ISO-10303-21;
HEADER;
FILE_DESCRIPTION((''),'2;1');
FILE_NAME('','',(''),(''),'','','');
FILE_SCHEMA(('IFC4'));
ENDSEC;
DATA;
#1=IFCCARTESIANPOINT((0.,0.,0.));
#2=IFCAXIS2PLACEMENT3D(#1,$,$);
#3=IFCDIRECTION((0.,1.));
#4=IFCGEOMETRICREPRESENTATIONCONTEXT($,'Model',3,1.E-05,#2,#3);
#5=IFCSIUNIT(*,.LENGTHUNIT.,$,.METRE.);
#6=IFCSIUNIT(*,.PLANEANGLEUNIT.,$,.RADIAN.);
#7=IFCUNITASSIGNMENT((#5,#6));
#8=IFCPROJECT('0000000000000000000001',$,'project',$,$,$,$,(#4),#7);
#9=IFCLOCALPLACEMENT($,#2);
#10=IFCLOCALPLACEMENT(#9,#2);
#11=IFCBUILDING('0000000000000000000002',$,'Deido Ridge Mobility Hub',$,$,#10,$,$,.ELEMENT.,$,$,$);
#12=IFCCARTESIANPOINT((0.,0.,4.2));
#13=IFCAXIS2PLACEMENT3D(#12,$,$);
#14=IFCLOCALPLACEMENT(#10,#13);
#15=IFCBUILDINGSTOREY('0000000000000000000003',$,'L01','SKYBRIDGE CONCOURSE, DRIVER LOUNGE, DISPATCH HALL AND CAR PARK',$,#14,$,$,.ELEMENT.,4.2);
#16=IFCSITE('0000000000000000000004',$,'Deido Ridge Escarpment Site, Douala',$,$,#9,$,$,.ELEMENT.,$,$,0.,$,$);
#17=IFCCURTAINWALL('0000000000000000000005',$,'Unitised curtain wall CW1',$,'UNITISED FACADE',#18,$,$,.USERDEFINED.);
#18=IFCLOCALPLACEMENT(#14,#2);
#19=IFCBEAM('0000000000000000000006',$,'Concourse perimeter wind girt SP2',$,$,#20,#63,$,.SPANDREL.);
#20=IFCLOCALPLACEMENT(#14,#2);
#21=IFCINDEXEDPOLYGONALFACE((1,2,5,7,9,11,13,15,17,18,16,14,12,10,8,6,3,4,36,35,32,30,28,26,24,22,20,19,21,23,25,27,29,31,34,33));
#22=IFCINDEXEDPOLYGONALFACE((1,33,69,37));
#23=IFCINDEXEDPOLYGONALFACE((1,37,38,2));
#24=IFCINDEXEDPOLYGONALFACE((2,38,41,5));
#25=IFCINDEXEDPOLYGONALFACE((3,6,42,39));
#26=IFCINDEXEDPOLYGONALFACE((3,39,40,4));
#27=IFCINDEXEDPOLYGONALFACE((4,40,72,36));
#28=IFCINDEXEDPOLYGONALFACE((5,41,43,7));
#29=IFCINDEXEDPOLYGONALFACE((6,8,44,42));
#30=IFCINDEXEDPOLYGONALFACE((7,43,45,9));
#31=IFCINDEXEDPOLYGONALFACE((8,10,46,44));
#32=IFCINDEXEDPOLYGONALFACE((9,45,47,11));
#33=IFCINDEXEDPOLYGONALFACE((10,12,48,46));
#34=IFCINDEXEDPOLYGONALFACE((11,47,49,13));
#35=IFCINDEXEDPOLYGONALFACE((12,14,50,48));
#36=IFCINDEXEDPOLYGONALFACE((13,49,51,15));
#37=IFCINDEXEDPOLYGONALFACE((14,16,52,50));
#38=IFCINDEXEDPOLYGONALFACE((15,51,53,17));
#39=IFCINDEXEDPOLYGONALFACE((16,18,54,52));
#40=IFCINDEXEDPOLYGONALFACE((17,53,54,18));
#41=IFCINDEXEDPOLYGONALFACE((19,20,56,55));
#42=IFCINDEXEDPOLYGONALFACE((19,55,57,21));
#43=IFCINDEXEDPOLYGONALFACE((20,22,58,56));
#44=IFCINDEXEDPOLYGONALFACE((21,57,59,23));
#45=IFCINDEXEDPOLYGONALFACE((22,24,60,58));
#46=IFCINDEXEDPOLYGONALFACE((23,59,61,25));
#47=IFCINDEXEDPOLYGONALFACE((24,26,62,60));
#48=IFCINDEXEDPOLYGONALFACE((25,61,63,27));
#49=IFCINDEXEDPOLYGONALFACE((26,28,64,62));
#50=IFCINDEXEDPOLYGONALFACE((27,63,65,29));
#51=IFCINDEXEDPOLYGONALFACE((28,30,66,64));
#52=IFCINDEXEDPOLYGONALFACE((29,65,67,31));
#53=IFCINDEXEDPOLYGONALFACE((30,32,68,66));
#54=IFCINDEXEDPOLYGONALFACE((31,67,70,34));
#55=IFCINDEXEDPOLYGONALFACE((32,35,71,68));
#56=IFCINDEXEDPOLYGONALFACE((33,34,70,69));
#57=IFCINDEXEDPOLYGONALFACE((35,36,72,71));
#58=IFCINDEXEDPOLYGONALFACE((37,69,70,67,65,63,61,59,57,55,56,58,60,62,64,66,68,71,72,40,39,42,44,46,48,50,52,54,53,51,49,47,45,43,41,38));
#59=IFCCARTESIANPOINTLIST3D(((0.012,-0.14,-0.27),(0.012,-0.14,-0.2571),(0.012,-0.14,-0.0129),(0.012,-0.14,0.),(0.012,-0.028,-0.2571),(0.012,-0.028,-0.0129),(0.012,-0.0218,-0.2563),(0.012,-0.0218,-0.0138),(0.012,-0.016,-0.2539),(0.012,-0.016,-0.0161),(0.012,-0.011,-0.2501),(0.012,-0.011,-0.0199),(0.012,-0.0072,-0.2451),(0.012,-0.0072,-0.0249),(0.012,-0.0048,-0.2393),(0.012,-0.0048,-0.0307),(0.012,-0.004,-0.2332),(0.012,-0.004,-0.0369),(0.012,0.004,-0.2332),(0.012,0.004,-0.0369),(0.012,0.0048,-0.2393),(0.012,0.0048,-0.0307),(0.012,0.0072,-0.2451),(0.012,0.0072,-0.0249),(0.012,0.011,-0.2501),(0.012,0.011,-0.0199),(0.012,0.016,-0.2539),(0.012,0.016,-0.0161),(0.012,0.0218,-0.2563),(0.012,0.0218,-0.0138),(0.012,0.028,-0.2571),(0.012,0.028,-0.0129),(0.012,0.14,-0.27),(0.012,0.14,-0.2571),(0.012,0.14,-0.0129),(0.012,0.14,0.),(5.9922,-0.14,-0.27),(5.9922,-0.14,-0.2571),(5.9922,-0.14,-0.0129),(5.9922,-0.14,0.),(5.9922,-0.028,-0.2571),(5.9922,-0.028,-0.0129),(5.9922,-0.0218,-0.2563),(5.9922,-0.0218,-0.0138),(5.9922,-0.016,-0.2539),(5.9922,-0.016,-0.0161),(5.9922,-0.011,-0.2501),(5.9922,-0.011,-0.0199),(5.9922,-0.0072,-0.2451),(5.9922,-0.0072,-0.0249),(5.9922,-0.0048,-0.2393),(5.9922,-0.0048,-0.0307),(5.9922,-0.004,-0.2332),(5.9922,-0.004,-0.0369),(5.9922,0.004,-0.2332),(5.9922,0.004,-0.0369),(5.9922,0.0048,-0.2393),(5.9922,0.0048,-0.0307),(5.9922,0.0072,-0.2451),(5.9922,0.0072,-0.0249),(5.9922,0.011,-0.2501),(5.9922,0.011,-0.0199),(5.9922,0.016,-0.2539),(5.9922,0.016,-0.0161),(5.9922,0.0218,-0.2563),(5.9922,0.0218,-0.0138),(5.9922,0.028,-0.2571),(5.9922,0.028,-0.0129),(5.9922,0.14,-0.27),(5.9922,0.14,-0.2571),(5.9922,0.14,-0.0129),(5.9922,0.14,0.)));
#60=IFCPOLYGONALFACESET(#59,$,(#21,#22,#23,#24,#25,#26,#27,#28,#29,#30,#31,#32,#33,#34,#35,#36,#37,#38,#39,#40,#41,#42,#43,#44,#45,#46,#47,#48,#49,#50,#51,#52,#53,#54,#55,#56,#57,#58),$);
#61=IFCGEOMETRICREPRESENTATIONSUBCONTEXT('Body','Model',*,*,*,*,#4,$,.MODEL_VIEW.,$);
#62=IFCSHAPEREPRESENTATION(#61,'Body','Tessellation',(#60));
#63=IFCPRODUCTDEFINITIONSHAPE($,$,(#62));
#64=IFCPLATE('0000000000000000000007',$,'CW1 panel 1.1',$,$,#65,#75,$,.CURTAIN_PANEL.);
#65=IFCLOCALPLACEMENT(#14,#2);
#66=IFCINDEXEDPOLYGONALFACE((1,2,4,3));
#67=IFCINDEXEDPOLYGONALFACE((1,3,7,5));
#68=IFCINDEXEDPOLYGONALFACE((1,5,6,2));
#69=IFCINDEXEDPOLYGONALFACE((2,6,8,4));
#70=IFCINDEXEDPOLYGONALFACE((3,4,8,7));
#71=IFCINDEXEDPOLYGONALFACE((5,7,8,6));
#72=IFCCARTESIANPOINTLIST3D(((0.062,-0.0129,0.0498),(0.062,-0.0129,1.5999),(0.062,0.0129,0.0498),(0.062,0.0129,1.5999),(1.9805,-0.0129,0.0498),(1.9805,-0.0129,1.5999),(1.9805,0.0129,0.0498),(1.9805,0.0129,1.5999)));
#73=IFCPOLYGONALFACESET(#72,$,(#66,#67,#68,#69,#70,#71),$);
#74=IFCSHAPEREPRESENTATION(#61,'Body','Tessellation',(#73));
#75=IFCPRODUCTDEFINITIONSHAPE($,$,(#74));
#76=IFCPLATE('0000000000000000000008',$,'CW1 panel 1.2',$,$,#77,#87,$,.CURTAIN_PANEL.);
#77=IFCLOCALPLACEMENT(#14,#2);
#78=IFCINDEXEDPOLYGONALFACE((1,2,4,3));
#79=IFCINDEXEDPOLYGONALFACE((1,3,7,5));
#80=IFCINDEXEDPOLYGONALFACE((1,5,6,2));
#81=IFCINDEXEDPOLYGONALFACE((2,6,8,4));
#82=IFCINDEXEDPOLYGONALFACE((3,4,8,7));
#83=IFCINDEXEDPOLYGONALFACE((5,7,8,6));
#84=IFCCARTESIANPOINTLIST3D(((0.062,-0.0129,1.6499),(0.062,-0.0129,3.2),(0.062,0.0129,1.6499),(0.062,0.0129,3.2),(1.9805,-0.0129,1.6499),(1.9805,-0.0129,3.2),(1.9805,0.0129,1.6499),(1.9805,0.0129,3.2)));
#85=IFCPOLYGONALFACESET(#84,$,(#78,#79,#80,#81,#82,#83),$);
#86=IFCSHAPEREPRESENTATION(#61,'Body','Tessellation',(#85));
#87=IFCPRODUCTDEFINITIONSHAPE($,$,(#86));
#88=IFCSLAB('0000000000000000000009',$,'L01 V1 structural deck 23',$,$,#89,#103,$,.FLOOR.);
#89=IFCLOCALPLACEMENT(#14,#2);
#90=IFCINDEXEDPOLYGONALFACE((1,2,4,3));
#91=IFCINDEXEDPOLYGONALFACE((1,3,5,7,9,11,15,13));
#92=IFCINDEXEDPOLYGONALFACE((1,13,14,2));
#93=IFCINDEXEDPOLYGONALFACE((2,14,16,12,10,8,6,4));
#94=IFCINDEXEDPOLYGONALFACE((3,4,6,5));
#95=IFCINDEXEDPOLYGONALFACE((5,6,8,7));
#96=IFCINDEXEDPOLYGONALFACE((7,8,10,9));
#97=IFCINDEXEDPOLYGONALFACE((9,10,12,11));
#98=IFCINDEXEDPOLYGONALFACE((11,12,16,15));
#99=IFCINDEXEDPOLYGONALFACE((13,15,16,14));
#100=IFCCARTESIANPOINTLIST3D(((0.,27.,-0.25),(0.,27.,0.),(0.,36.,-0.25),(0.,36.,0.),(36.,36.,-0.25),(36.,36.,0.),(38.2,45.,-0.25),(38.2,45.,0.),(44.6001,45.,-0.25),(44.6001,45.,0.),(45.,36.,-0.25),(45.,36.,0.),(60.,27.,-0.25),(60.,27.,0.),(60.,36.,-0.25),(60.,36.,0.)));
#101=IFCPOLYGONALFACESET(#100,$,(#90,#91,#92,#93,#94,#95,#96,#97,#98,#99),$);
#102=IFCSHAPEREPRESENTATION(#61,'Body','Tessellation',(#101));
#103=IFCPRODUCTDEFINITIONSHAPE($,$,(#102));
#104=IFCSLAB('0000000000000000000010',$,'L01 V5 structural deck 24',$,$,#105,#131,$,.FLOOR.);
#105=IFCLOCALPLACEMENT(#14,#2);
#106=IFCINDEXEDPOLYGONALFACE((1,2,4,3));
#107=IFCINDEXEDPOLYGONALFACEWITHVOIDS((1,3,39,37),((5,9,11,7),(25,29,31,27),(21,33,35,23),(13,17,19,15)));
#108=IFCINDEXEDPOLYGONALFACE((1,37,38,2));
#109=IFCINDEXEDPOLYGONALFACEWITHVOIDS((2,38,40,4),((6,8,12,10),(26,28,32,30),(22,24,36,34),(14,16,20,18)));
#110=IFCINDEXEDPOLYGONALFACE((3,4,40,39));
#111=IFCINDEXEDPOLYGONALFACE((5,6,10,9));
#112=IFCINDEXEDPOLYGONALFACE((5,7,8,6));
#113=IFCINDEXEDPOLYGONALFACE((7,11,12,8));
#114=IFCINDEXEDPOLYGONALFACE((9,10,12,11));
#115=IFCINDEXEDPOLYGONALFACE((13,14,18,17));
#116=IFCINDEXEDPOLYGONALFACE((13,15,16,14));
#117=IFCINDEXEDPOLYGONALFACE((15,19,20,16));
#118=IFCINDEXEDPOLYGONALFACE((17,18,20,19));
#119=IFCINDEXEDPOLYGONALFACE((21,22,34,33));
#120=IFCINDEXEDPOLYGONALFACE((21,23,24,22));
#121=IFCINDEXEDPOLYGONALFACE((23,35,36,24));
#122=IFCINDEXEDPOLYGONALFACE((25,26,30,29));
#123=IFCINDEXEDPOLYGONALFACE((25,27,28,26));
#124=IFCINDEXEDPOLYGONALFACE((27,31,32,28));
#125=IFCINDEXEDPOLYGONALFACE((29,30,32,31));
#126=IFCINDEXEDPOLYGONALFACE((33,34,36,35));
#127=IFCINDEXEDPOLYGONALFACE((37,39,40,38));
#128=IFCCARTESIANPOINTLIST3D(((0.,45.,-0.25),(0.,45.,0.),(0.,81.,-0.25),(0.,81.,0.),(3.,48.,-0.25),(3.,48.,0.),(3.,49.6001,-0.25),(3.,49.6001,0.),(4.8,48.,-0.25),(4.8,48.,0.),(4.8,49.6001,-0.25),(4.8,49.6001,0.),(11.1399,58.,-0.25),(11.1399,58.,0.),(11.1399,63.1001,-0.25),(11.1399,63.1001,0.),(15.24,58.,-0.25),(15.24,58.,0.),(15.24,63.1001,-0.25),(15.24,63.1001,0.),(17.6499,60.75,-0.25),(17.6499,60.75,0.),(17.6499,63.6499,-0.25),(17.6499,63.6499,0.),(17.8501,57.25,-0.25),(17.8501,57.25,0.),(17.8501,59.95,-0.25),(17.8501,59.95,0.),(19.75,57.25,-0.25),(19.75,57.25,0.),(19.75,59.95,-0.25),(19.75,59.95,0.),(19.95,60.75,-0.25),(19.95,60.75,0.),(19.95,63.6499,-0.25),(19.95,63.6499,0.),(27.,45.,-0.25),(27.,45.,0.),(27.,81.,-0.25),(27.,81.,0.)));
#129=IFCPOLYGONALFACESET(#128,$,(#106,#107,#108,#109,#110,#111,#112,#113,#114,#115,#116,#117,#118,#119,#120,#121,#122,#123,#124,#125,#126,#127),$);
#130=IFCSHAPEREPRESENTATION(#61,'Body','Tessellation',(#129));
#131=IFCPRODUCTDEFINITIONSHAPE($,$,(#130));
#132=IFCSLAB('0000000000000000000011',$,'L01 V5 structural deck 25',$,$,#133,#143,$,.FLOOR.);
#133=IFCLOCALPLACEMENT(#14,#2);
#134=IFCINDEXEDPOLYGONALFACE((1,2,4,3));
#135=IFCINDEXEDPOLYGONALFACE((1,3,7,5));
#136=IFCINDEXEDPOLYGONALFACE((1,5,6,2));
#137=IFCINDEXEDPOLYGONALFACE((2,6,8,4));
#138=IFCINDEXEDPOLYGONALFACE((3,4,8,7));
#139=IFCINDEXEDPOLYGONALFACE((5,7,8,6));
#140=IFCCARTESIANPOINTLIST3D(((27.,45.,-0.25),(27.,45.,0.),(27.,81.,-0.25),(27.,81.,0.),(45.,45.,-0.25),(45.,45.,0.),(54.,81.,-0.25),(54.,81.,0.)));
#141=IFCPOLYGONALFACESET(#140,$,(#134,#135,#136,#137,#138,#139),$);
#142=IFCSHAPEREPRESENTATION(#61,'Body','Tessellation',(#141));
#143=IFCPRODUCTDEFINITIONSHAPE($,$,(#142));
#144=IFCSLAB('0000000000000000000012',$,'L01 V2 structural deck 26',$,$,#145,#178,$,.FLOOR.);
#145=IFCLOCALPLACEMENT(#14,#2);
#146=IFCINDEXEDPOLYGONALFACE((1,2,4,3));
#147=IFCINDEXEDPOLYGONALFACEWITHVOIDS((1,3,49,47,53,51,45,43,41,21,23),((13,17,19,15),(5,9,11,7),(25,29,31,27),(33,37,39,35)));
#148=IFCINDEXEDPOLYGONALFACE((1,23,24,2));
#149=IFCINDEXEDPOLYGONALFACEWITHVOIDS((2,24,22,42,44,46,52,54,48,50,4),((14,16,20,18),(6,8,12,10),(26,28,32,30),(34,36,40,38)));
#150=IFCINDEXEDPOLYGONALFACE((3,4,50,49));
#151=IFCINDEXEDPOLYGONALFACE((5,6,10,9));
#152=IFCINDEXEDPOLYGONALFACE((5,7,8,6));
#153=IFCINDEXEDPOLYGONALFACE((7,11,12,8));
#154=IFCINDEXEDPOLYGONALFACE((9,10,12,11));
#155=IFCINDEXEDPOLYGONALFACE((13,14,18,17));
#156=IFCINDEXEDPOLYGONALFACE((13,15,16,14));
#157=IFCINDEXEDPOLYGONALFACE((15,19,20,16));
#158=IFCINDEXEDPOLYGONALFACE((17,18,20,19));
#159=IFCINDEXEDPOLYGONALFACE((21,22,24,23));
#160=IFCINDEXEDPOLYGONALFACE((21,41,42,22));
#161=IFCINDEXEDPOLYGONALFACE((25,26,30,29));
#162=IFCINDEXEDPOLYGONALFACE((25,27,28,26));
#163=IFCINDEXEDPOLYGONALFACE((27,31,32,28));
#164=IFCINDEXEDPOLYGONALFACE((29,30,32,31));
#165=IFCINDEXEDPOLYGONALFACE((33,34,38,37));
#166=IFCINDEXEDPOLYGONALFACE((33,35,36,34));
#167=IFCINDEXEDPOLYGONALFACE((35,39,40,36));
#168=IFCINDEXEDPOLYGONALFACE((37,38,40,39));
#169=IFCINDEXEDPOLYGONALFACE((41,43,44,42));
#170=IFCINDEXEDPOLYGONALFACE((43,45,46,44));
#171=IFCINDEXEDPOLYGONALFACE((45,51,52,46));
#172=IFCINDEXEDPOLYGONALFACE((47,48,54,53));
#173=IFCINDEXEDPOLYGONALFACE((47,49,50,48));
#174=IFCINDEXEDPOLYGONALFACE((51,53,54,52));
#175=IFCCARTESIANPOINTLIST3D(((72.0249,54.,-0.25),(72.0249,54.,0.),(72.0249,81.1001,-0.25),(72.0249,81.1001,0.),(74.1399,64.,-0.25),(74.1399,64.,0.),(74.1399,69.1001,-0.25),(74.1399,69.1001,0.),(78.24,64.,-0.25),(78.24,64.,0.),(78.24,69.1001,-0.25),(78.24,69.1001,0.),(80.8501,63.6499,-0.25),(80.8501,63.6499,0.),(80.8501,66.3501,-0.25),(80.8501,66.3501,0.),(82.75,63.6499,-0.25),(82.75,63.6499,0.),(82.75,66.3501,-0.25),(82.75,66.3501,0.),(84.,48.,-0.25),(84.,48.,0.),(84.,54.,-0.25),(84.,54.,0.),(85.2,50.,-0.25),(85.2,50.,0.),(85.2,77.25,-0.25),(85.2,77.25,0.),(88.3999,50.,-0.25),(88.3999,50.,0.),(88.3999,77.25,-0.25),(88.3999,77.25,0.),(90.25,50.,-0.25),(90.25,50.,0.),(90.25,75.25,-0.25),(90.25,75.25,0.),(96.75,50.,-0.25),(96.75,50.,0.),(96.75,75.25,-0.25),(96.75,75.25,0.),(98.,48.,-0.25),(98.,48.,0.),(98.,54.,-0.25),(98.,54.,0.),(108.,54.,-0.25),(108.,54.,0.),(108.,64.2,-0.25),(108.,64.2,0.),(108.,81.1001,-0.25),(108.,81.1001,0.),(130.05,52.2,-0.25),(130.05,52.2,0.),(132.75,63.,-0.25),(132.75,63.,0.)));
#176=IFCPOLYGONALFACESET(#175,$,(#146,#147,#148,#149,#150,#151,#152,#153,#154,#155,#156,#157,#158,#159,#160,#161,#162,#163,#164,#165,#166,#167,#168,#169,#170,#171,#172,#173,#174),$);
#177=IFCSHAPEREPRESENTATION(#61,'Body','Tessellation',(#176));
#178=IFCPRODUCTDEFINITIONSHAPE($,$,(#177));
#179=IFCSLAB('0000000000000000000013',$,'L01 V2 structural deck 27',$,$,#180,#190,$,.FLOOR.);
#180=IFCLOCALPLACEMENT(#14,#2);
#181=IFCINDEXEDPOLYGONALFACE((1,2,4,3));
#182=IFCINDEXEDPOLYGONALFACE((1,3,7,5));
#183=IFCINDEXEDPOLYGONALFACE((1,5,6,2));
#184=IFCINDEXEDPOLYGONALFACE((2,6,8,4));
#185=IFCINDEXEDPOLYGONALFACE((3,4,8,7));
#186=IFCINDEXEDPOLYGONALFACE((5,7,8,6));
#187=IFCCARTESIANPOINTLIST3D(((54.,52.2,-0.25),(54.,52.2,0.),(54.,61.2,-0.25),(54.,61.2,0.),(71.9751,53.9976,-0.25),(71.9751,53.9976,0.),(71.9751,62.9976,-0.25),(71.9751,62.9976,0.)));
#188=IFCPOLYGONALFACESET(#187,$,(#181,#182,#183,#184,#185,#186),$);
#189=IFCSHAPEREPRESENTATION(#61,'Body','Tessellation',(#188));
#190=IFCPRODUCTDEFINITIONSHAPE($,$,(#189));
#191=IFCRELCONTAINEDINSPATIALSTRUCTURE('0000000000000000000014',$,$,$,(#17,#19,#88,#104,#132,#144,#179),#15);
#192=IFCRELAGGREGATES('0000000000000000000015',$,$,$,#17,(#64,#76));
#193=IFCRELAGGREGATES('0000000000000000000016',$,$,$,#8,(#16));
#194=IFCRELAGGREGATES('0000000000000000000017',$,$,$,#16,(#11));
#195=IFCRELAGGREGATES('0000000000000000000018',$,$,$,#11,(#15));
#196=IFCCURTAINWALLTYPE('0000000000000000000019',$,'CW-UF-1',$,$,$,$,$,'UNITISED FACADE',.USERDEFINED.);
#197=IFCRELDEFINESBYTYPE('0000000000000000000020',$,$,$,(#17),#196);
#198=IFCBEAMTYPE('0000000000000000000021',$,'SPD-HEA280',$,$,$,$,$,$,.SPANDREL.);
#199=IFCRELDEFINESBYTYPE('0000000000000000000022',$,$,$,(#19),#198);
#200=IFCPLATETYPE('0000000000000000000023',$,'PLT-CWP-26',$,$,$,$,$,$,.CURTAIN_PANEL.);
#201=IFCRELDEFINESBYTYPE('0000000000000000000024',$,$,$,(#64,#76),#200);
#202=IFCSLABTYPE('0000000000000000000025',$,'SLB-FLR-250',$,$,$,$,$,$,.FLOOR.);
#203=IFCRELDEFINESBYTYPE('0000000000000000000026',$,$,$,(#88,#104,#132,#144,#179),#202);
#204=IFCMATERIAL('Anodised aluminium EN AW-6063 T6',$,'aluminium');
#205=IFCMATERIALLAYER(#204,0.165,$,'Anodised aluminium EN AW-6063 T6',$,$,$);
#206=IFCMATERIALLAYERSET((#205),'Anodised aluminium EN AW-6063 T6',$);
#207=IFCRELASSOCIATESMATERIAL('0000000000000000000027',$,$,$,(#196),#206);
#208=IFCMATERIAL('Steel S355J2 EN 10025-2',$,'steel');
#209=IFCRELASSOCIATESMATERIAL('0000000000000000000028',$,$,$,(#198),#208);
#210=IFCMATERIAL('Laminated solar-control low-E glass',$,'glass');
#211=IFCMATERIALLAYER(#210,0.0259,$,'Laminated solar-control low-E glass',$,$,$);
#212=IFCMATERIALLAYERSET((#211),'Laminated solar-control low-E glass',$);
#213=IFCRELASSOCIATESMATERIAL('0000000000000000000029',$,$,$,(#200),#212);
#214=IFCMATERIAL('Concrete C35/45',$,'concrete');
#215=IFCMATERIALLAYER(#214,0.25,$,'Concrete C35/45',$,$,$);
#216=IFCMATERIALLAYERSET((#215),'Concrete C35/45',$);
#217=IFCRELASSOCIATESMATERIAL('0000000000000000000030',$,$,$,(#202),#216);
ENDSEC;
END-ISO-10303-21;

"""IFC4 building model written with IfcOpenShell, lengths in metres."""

from ifc_helpers import new_model, si_unit, direction, frame, origin, origin_2d, place, context, subcontext, project, spatial, polyline, rectangle, i_section, outline, extrude, material, layer, layer_set, material_profile, profile_set, type_object, element, aggregate, save


model = new_model("IFC4")

# Units and contexts
model_context = context("Model", 3, precision=1e-05, world=origin(), true_north=direction((0.0, 1.0)))
body_context = subcontext(model_context, "Body", "Model", "MODEL_VIEW")
ifc_project = project(units=[si_unit("LENGTHUNIT", "METRE"), si_unit("PLANEANGLEUNIT", "RADIAN")], contexts=[model_context])

# Site, building, storey
site_placement = place(None, origin())
site = spatial("IfcSite", under=ifc_project, at=site_placement, Name="Deido Ridge Escarpment Site, Douala", CompositionType="ELEMENT", RefElevation=0.0)
building_placement = place(site_placement, origin())
building = spatial("IfcBuilding", under=site, at=building_placement, Name="Deido Ridge Mobility Hub", CompositionType="ELEMENT")
storey_placement = place(building_placement, frame((0.0, 0.0, 4.2)))
storey = spatial("IfcBuildingStorey", under=building, at=storey_placement, Name="L01", Description="SKYBRIDGE CONCOURSE, DRIVER LOUNGE, DISPATCH HALL AND CAR PARK", CompositionType="ELEMENT", Elevation=4.2)

# Shared definitions
ifc_material_1 = material(Name="Steel S355J2 EN 10025-2", Category="steel")

# Curtain wall
ifc_material_2 = material(Name="Anodised aluminium EN AW-6063 T6", Category="aluminium")
ifc_layer_1 = layer(ifc_material_2, 0.165, Name="Anodised aluminium EN AW-6063 T6")
ifc_layer_set_1 = layer_set([ifc_layer_1], Name="Anodised aluminium EN AW-6063 T6")
curtain_wall_type = type_object("IfcCurtainWallType", Name="CW-UF-1", ElementType="UNITISED FACADE", PredefinedType="USERDEFINED", material=ifc_layer_set_1)
curtain_wall_placement = place(storey_placement, origin())
curtain_wall = element("IfcCurtainWall", 1, at=curtain_wall_placement, inside=storey, type_object=curtain_wall_type, Name="Unitised curtain wall CW1", ObjectType="UNITISED FACADE", PredefinedType="USERDEFINED")

# Beam
ifc_material_profile_1 = material_profile(ifc_material_1, i_section(OverallWidth=0.28, OverallDepth=0.27, WebThickness=0.0081, FlangeThickness=0.0129, FilletRadius=0.0239, at=origin_2d()), Name="HEA 280")
ifc_profile_set_1 = profile_set([ifc_material_profile_1], Name="Steel S355J2 EN 10025-2")
beam_type = type_object("IfcBeamType", Name="SPD-HEA280", PredefinedType="SPANDREL", material=ifc_profile_set_1)
beam_placement = place(storey_placement, frame((0.012, 0.0, -0.135), z_axis=(1.0, 0.0, 0.0), x_axis=(0.0, 1.0, 0.0)))
element("IfcBeam", 2, at=beam_placement, inside=storey, type_object=beam_type, Name="Concourse perimeter wind girt SP2", PredefinedType="SPANDREL", context=body_context, shape_type="SweptSolid", body=[
    extrude(i_section(OverallWidth=0.28, OverallDepth=0.27, WebThickness=0.0081, FlangeThickness=0.0129, FilletRadius=0.0239, at=origin_2d()), origin(), (0.0, 0.0, 1.0), 5.9802),
])

# Plates
ifc_material_3 = material(Name="Laminated solar-control low-E glass", Category="glass")
ifc_layer_2 = layer(ifc_material_3, 0.0259, Name="Laminated solar-control low-E glass")
ifc_layer_set_2 = layer_set([ifc_layer_2], Name="Laminated solar-control low-E glass")
plate_type = type_object("IfcPlateType", Name="PLT-CWP-26", PredefinedType="CURTAIN_PANEL", material=ifc_layer_set_2)
plate_1_placement = place(storey_placement, frame((1.0212, 0.0, 0.0498), z_axis=(0.0, 0.0, 1.0), x_axis=(1.0, 0.0, 0.0)))
plate_1 = element("IfcPlate", 3, at=plate_1_placement, type_object=plate_type, Name="CW1 panel 1.1", PredefinedType="CURTAIN_PANEL", context=body_context, shape_type="SweptSolid", body=[
    extrude(rectangle(XDim=1.9185, YDim=0.0259, at=origin_2d()), origin(), (0.0, 0.0, 1.0), 1.55),
])
plate_2_placement = place(storey_placement, frame((1.0212, 0.0, 1.6499), z_axis=(0.0, 0.0, 1.0), x_axis=(1.0, 0.0, 0.0)))
plate_2 = element("IfcPlate", 4, at=plate_2_placement, type_object=plate_type, Name="CW1 panel 1.2", PredefinedType="CURTAIN_PANEL", context=body_context, shape_type="SweptSolid", body=[
    extrude(rectangle(XDim=1.9185, YDim=0.0259, at=origin_2d()), origin(), (0.0, 0.0, 1.0), 1.55),
])
aggregate(curtain_wall, [plate_1, plate_2])

# Slabs
ifc_material_4 = material(Name="Concrete C35/45", Category="concrete")
ifc_layer_3 = layer(ifc_material_4, 0.25, Name="Concrete C35/45")
ifc_layer_set_3 = layer_set([ifc_layer_3], Name="Concrete C35/45")
slab_type_1 = type_object("IfcSlabType", Name="SLB-FLR-250", PredefinedType="FLOOR", material=ifc_layer_set_3)
slab_1_placement = place(storey_placement, frame((0.0, 0.0, -0.25)))
element("IfcSlab", 5, at=slab_1_placement, inside=storey, type_object=slab_type_1, Name="L01 V1 structural deck 23", PredefinedType="FLOOR", context=body_context, shape_type="SweptSolid", body=[
    extrude(outline(polyline([(0.0, 36.0), (36.0, 36.0), (38.2, 45.0), (44.6001, 45.0), (45.0, 36.0), (60.0, 36.0), (60.0, 27.0), (0.0, 27.0), (0.0, 36.0)])), origin(), (0.0, 0.0, 1.0), 0.25),
])
slab_2_placement = place(storey_placement, frame((0.0, 0.0, -0.25)))
element("IfcSlab", 6, at=slab_2_placement, inside=storey, type_object=slab_type_1, Name="L01 V5 structural deck 24", PredefinedType="FLOOR", context=body_context, shape_type="SweptSolid", body=[
    extrude(outline(polyline([(0.0, 81.0), (27.0, 81.0), (27.0, 45.0), (0.0, 45.0), (0.0, 81.0)]), holes=[polyline([(3.0, 48.0), (3.0, 49.6001), (4.8, 49.6001), (4.8, 48.0), (3.0, 48.0)]), polyline([(17.8501, 57.25), (17.8501, 59.95), (19.75, 59.95), (19.75, 57.25), (17.8501, 57.25)]), polyline([(11.1399, 58.0), (11.1399, 63.1001), (15.24, 63.1001), (15.24, 58.0), (11.1399, 58.0)]), polyline([(17.6499, 60.75), (17.6499, 63.6499), (19.95, 63.6499), (19.95, 60.75), (17.6499, 60.75)])]), origin(), (0.0, 0.0, 1.0), 0.25),
])
slab_3_placement = place(storey_placement, frame((0.0, 0.0, -0.25)))
element("IfcSlab", 7, at=slab_3_placement, inside=storey, type_object=slab_type_1, Name="L01 V5 structural deck 25", PredefinedType="FLOOR", context=body_context, shape_type="SweptSolid", body=[
    extrude(outline(polyline([(45.0, 45.0), (27.0, 45.0), (27.0, 81.0), (54.0, 81.0), (45.0, 45.0)])), origin(), (0.0, 0.0, 1.0), 0.25),
])
slab_4_placement = place(storey_placement, frame((0.0, 0.0, -0.25)))
element("IfcSlab", 8, at=slab_4_placement, inside=storey, type_object=slab_type_1, Name="L01 V2 structural deck 26", PredefinedType="FLOOR", context=body_context, shape_type="SweptSolid", body=[
    extrude(outline(polyline([(72.0249, 54.0), (72.0249, 81.1001), (108.0, 81.1001), (108.0, 64.2), (132.75, 63.0), (130.05, 52.2), (108.0, 54.0), (98.0, 54.0), (98.0, 48.0), (84.0, 48.0), (84.0, 54.0), (72.0249, 54.0)]), holes=[polyline([(85.2, 50.0), (85.2, 77.25), (88.3999, 77.25), (88.3999, 50.0), (85.2, 50.0)]), polyline([(80.8501, 63.6499), (80.8501, 66.3501), (82.75, 66.3501), (82.75, 63.6499), (80.8501, 63.6499)]), polyline([(74.1399, 64.0), (74.1399, 69.1001), (78.24, 69.1001), (78.24, 64.0), (74.1399, 64.0)]), polyline([(90.25, 50.0), (90.25, 75.25), (96.75, 75.25), (96.75, 50.0), (90.25, 50.0)])]), origin(), (0.0, 0.0, 1.0), 0.25),
])
slab_5_placement = place(storey_placement, frame((0.0, 0.0, -0.25)))
element("IfcSlab", 9, at=slab_5_placement, inside=storey, type_object=slab_type_1, Name="L01 V2 structural deck 27", PredefinedType="FLOOR", context=body_context, shape_type="SweptSolid", body=[
    extrude(outline(polyline([(54.0, 52.2), (54.0, 61.2), (71.9751, 62.9976), (71.9751, 53.9976), (54.0, 52.2)])), origin(), (0.0, 0.0, 1.0), 0.25),
])

save(model, "model.ifc")
